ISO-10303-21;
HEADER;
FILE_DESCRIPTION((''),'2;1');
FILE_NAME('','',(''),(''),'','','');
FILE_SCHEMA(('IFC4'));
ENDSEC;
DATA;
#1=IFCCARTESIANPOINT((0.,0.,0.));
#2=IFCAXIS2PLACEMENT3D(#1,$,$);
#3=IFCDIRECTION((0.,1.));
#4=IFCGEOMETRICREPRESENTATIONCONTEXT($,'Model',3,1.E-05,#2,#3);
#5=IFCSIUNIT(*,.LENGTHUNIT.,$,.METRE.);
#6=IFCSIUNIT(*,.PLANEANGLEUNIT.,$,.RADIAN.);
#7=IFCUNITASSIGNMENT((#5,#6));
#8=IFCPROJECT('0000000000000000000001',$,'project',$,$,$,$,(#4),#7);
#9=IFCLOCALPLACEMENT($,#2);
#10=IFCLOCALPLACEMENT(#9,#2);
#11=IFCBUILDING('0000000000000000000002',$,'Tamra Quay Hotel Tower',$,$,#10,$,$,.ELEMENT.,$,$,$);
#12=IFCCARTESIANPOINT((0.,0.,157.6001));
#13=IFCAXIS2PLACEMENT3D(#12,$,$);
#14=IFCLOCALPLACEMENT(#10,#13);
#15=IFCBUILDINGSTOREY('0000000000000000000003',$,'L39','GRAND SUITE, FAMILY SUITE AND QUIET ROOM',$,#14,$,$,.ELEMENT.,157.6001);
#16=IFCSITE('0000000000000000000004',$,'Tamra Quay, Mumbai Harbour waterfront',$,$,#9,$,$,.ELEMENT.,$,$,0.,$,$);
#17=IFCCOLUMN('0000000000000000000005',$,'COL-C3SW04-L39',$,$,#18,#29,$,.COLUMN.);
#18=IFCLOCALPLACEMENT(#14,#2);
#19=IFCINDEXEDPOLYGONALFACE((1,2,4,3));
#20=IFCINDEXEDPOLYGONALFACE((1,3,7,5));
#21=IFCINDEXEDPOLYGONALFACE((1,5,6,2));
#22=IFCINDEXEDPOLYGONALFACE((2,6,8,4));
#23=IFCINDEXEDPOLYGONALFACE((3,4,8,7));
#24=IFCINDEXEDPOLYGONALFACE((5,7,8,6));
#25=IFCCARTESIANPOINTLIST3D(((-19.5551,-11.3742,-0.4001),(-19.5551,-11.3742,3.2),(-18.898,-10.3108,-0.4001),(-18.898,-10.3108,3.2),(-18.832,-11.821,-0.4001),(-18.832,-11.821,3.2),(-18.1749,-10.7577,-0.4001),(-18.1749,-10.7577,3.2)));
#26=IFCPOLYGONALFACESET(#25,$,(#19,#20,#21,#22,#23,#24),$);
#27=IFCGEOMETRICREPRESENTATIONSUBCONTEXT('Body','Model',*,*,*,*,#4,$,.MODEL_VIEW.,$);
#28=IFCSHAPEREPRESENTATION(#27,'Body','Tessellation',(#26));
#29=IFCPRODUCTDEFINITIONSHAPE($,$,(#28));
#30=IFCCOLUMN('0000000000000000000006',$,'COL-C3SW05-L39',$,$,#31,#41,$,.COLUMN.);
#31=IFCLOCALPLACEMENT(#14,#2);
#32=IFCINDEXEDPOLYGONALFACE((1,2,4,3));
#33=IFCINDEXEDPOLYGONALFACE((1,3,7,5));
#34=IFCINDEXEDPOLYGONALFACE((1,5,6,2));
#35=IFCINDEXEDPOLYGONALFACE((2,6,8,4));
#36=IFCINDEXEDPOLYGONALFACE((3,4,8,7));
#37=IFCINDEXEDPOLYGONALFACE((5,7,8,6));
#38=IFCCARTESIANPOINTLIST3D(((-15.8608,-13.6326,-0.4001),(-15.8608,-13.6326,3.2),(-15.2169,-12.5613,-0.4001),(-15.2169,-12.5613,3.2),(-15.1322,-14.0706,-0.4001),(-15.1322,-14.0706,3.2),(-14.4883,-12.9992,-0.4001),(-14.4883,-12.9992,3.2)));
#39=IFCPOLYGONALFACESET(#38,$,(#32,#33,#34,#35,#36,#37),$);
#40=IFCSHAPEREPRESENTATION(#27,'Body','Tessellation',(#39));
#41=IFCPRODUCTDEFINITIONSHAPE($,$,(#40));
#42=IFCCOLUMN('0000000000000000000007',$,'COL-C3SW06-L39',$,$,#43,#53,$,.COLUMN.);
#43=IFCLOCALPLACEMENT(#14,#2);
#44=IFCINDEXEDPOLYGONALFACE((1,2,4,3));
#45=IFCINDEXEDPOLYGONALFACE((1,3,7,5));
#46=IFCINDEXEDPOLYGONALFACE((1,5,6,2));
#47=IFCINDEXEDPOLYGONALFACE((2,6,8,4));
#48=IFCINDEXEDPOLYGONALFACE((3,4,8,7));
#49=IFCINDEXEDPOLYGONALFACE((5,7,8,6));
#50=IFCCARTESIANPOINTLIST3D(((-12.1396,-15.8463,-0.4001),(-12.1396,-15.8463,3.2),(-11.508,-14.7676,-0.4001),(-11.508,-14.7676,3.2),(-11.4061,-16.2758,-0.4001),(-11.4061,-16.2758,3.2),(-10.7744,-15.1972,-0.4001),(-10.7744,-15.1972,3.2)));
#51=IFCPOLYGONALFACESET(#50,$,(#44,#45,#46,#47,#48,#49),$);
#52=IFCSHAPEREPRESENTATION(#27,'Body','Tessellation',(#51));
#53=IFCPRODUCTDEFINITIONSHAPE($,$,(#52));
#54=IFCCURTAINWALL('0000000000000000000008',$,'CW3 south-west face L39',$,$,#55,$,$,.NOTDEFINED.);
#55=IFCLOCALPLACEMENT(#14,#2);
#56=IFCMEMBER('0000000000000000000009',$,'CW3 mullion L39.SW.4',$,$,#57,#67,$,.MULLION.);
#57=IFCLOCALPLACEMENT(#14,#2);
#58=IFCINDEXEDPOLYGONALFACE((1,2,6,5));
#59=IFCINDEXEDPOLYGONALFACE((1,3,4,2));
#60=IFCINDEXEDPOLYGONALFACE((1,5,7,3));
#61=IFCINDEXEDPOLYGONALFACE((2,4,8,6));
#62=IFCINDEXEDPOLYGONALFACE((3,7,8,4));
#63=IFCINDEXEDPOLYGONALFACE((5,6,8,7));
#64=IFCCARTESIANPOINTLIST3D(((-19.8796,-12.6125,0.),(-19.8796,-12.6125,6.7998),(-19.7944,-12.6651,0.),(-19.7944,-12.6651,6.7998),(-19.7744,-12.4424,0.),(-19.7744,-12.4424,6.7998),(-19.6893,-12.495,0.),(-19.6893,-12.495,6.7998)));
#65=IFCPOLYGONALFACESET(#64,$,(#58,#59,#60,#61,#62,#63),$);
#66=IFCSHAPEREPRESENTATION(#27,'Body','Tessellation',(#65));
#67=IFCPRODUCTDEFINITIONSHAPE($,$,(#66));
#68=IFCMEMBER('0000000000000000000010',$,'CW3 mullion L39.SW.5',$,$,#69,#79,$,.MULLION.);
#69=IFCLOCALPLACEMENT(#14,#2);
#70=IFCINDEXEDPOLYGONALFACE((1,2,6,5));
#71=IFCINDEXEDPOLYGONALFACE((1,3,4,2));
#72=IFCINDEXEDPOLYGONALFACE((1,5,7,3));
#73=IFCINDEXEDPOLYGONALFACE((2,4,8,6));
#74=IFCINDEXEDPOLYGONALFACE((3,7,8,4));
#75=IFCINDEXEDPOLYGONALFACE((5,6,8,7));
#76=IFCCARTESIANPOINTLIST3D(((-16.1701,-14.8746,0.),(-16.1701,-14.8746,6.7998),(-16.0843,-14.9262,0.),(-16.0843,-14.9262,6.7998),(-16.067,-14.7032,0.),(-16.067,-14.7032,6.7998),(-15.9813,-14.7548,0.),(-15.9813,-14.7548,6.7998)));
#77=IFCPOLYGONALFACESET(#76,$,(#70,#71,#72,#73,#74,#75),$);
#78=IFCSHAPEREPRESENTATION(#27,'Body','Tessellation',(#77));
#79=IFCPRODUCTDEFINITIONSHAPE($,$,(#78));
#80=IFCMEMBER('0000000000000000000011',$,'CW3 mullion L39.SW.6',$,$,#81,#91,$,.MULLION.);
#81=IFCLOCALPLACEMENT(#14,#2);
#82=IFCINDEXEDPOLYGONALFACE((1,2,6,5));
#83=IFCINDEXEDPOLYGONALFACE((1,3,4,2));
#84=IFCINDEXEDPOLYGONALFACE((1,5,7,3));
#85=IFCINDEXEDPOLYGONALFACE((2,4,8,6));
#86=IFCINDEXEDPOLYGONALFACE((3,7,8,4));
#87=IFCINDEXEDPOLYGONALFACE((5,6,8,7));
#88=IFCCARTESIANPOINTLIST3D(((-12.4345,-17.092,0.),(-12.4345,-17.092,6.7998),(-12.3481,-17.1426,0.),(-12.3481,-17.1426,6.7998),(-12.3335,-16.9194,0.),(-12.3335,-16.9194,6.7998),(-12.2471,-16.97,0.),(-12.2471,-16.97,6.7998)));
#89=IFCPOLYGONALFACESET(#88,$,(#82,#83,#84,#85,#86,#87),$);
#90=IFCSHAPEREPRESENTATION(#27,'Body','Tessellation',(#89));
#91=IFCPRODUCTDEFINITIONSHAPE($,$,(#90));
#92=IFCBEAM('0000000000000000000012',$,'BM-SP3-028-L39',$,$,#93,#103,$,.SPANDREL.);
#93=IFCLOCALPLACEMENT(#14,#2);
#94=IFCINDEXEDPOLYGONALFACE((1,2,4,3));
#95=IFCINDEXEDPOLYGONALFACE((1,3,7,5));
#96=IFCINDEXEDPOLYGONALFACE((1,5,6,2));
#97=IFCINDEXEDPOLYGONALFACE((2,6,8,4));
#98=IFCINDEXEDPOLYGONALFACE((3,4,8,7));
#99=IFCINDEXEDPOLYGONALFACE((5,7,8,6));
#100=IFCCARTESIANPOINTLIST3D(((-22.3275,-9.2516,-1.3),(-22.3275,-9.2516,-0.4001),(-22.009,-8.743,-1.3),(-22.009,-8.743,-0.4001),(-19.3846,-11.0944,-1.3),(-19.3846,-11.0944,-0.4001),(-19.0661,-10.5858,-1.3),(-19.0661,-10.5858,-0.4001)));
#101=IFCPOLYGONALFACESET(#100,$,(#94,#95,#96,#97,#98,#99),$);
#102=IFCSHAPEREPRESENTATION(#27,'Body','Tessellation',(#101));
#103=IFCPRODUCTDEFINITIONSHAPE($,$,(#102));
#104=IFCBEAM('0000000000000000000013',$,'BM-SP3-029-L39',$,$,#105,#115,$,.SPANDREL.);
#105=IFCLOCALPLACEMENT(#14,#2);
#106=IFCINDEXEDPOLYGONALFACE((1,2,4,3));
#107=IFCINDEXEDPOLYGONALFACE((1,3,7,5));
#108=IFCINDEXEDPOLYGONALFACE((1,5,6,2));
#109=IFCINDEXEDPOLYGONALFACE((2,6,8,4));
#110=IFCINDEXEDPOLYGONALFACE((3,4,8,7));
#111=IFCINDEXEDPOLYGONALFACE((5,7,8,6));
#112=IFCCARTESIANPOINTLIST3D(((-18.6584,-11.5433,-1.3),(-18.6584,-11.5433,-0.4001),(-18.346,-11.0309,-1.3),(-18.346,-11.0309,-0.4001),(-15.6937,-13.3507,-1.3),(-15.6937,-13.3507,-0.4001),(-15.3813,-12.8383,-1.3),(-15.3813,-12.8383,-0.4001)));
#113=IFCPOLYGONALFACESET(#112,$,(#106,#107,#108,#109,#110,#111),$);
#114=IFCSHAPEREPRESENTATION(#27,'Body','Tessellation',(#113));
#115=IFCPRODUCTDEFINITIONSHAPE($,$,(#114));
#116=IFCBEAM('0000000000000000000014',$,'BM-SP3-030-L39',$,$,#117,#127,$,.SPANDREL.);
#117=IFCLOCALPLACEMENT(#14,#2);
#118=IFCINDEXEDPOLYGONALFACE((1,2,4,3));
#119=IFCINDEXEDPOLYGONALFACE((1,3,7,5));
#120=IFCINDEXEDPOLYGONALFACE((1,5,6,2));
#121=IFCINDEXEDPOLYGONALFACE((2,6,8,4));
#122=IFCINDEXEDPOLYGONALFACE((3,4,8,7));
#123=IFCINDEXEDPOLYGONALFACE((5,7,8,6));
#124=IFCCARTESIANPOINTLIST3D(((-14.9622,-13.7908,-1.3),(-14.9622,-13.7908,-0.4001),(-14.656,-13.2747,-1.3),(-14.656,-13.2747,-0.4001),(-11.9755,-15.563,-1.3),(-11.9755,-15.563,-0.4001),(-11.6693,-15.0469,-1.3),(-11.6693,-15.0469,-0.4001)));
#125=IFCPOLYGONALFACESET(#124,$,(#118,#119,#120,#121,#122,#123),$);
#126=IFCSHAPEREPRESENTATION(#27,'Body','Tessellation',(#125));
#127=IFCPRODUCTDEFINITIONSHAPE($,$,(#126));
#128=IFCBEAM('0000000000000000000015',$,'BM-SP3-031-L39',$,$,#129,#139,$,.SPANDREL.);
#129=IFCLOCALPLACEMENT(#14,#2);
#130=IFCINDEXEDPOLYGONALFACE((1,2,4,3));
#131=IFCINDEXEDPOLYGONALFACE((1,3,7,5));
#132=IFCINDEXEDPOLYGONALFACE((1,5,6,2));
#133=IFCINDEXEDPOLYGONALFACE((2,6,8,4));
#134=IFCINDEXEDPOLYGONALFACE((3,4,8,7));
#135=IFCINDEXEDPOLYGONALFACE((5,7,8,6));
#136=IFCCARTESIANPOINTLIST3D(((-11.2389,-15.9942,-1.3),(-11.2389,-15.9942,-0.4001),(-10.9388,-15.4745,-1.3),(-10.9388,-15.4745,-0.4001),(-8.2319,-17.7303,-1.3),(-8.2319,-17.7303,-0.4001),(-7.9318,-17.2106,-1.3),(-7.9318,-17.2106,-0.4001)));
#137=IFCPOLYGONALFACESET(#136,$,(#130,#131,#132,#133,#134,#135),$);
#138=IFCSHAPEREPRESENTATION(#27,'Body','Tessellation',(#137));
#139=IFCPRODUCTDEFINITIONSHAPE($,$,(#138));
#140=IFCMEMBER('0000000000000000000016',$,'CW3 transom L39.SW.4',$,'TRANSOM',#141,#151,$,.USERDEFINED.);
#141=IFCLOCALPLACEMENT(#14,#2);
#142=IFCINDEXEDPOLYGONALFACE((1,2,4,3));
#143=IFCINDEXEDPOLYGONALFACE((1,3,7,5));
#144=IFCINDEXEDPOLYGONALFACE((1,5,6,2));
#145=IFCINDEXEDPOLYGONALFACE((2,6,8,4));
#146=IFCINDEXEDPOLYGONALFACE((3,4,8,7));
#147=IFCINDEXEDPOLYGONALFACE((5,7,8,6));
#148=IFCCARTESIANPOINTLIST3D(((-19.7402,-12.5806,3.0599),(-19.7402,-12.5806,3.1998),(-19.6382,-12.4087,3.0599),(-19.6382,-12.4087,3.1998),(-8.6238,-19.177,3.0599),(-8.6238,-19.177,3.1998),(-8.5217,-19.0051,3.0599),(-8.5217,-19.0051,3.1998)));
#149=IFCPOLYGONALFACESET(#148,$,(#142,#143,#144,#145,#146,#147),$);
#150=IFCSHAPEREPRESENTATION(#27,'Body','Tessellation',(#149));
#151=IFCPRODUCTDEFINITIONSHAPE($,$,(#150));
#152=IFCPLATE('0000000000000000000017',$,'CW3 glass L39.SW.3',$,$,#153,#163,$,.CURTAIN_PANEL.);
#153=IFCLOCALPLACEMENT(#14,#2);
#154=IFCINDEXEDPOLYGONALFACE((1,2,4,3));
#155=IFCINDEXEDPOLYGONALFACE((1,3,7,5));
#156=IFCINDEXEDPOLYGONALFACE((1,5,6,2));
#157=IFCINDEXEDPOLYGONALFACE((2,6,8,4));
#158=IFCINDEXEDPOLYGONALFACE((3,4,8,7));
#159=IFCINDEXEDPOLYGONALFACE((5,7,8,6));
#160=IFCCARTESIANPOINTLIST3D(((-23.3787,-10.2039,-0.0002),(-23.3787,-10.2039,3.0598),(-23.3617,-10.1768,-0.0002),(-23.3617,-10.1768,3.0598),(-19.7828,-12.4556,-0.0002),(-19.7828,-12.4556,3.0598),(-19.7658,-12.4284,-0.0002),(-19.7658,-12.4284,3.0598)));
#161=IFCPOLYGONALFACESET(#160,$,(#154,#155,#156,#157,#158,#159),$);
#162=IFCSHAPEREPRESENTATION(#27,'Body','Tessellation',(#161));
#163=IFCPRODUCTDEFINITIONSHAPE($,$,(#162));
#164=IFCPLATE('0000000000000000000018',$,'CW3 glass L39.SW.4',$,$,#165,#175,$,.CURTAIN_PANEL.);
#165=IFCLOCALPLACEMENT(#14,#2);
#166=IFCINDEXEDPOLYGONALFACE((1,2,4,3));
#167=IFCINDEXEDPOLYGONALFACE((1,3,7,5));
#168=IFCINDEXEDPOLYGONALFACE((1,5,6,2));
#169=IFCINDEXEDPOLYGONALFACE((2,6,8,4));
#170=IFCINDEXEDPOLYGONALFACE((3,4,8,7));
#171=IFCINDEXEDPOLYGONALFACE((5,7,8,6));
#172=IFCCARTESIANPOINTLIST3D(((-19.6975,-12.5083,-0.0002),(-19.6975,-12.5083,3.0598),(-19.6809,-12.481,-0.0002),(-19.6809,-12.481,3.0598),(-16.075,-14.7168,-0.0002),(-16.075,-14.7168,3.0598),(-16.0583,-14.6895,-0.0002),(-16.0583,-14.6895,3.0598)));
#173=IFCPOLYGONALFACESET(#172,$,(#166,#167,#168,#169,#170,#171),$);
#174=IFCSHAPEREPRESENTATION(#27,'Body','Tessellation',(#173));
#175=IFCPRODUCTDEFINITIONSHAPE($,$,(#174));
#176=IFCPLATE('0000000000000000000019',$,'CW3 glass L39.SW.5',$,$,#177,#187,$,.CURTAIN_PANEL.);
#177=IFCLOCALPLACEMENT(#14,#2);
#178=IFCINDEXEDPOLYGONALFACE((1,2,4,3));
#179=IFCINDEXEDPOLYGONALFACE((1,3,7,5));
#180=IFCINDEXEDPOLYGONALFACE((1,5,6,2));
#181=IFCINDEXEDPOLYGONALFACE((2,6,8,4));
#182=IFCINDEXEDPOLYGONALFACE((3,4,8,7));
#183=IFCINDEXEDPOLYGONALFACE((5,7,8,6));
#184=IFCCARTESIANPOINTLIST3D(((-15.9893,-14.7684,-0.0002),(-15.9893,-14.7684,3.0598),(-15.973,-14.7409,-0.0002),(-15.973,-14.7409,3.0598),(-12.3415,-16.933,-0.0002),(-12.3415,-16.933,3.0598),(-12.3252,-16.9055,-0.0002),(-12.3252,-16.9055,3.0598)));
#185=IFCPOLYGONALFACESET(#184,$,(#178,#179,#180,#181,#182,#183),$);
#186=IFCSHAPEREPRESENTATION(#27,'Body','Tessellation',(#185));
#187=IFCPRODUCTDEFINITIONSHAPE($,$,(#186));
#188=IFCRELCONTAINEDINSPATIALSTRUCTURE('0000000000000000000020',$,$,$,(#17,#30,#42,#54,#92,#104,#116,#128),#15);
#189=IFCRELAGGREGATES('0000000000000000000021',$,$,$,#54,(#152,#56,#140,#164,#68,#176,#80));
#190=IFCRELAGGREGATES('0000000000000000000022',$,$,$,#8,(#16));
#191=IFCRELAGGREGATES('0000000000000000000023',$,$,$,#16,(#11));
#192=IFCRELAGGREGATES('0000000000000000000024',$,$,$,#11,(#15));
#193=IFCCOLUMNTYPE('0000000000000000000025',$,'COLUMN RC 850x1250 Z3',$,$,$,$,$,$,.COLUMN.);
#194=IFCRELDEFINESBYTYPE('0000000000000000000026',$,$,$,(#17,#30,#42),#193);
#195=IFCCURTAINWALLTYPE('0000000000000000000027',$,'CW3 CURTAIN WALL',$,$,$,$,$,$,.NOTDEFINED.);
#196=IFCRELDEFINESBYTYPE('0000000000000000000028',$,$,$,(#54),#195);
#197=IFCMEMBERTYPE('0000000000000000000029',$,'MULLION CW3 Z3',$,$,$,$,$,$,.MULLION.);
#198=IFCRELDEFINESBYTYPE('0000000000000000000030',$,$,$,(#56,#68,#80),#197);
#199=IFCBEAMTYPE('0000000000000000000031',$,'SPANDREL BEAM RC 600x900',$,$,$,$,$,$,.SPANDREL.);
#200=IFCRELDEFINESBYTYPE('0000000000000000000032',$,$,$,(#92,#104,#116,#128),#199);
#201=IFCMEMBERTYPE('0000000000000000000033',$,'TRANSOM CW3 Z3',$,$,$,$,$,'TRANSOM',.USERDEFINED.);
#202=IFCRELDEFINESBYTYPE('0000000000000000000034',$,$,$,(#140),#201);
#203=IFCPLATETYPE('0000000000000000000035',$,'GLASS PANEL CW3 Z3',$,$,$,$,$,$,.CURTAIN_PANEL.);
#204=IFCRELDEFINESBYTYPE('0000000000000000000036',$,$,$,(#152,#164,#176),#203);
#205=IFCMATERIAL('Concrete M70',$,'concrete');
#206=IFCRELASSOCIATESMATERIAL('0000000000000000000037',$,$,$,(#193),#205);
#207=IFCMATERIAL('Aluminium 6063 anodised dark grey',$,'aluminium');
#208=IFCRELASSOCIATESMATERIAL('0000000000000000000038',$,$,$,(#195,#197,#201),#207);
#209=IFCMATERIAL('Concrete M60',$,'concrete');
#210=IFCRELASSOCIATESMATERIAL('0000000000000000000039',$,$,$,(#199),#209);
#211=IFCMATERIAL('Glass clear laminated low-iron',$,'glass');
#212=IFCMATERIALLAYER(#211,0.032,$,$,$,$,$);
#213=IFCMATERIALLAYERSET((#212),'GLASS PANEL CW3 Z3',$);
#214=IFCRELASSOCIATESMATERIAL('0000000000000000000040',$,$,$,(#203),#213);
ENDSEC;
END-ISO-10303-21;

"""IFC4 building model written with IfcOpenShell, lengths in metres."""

from ifc_helpers import new_model, si_unit, direction, frame, origin, origin_2d, place, context, subcontext, project, spatial, rectangle, extrude, material, layer, layer_set, material_profile, profile_set, type_object, element, aggregate, save


model = new_model("IFC4")

# Units and contexts
model_context = context("Model", 3, precision=1e-05, world=origin(), true_north=direction((0.0, 1.0)))
body_context = subcontext(model_context, "Body", "Model", "MODEL_VIEW")
ifc_project = project(units=[si_unit("LENGTHUNIT", "METRE"), si_unit("PLANEANGLEUNIT", "RADIAN")], contexts=[model_context])

# Site, building, storey
site_placement = place(None, origin())
site = spatial("IfcSite", under=ifc_project, at=site_placement, Name="Tamra Quay, Mumbai Harbour waterfront", CompositionType="ELEMENT", RefElevation=0.0)
building_placement = place(site_placement, origin())
building = spatial("IfcBuilding", under=site, at=building_placement, Name="Tamra Quay Hotel Tower", CompositionType="ELEMENT")
storey_placement = place(building_placement, frame((0.0, 0.0, 157.6001)))
storey = spatial("IfcBuildingStorey", under=building, at=storey_placement, Name="L39", Description="GRAND SUITE, FAMILY SUITE AND QUIET ROOM", CompositionType="ELEMENT", Elevation=157.6001)

# Columns
ifc_material_1 = material(Name="Concrete M70", Category="concrete")
ifc_material_profile_1 = material_profile(ifc_material_1, rectangle(XDim=1.25, YDim=0.8501, at=origin_2d()), Name="COLUMN RC 850x1250 Z3")
ifc_profile_set_1 = profile_set([ifc_material_profile_1], Name="Concrete M70")
column_type = type_object("IfcColumnType", Name="COLUMN RC 850x1250 Z3", PredefinedType="COLUMN", material=ifc_profile_set_1)
for number, where, z_axis, x_axis, name in (
    (1, (-18.865, -11.0659, -0.4001), (0.0, 0.0, 1.0), (0.525677, 0.850685, 0.0), "COL-C3SW04-L39"),
    (2, (-15.1746, -13.3159, -0.4001), (0.0, 0.0, 1.0), (0.515162, 0.857093, 0.0), "COL-C3SW05-L39"),
    (3, (-11.457, -15.5217, -0.4001), (0.0, 0.0, 1.0), (0.505325, 0.862929, 0.0), "COL-C3SW06-L39"),
):
    element("IfcColumn", number, at=place(storey_placement, frame(where, z_axis=z_axis, x_axis=x_axis)), inside=storey, type_object=column_type, Name=name, PredefinedType="COLUMN", context=body_context, shape_type="SweptSolid", body=[
        extrude(rectangle(XDim=1.25, YDim=0.8501, at=origin_2d()), origin(), (0.0, 0.0, 1.0), 3.6001),
    ])

# Curtain wall, members
ifc_material_2 = material(Name="Aluminium 6063 anodised dark grey", Category="aluminium")
curtain_wall_type = type_object("IfcCurtainWallType", Name="CW3 CURTAIN WALL", PredefinedType="NOTDEFINED", material=ifc_material_2)
curtain_wall_placement = place(storey_placement, origin())
curtain_wall = element("IfcCurtainWall", 4, at=curtain_wall_placement, inside=storey, type_object=curtain_wall_type, Name="CW3 south-west face L39", PredefinedType="NOTDEFINED")
ifc_material_profile_2 = material_profile(ifc_material_2, rectangle(XDim=0.2, YDim=0.1001, at=origin_2d()), Name="MULLION 100X200")
ifc_profile_set_2 = profile_set([ifc_material_profile_2], Name="Aluminium 6063 anodised dark grey")
member_type_1 = type_object("IfcMemberType", Name="MULLION CW3 Z3", PredefinedType="MULLION", material=ifc_profile_set_2)
member_1_placement = place(storey_placement, frame((-19.7844, -12.5537, 0.0), z_axis=(0.0, 0.0, 1.0), x_axis=(-0.525646, -0.850703, 0.0)))
member_1 = element("IfcMember", 5, at=member_1_placement, type_object=member_type_1, Name="CW3 mullion L39.SW.4", PredefinedType="MULLION", context=body_context, shape_type="SweptSolid", body=[
    extrude(rectangle(XDim=0.2, YDim=0.1001, at=origin_2d()), origin(), (0.0, 0.0, 1.0), 6.7998),
])
member_2_placement = place(storey_placement, frame((-16.0757, -14.8147, 0.0), z_axis=(0.0, 0.0, 1.0), x_axis=(-0.515445, -0.856923, 0.0)))
member_2 = element("IfcMember", 6, at=member_2_placement, type_object=member_type_1, Name="CW3 mullion L39.SW.5", PredefinedType="MULLION", context=body_context, shape_type="SweptSolid", body=[
    extrude(rectangle(XDim=0.2, YDim=0.1001, at=origin_2d()), origin(), (0.0, 0.0, 1.0), 6.7998),
])
member_3_placement = place(storey_placement, frame((-12.3408, -17.031, 0.0), z_axis=(0.0, 0.0, 1.0), x_axis=(-0.505169, -0.863021, 0.0)))
member_3 = element("IfcMember", 7, at=member_3_placement, type_object=member_type_1, Name="CW3 mullion L39.SW.6", PredefinedType="MULLION", context=body_context, shape_type="SweptSolid", body=[
    extrude(rectangle(XDim=0.2, YDim=0.1001, at=origin_2d()), origin(), (0.0, 0.0, 1.0), 6.7998),
])

# Beams
ifc_material_3 = material(Name="Concrete M60", Category="concrete")
ifc_material_profile_3 = material_profile(ifc_material_3, rectangle(XDim=0.6001, YDim=0.8999, at=origin_2d()), Name="SPANDREL BEAM RC 600x900")
ifc_profile_set_3 = profile_set([ifc_material_profile_3], Name="Concrete M60")
beam_type = type_object("IfcBeamType", Name="SPANDREL BEAM RC 600x900", PredefinedType="SPANDREL", material=ifc_profile_set_3)
for number, where, z_axis, x_axis, name in (
    (8, (-22.1682, -8.9973, -0.8501), (0.847548, -0.530719, 0.0), (0.530719, 0.847548, 0.0), "BM-SP3-028-L39"),
    (9, (-18.5022, -11.2871, -0.8501), (0.853836, -0.520542, 0.0), (0.520542, 0.853836, 0.0), "BM-SP3-029-L39"),
):
    element("IfcBeam", number, at=place(storey_placement, frame(where, z_axis=z_axis, x_axis=x_axis)), inside=storey, type_object=beam_type, Name=name, PredefinedType="SPANDREL", context=body_context, shape_type="SweptSolid", body=[
        extrude(rectangle(XDim=0.6001, YDim=0.8999, at=origin_2d()), origin(), (0.0, 0.0, 1.0), 3.4722),
    ])
beam_1_placement = place(storey_placement, frame((-14.8091, -13.5327, -0.8501), z_axis=(0.859989, -0.510313, 0.0), x_axis=(0.510313, 0.859989, 0.0)))
element("IfcBeam", 10, at=beam_1_placement, inside=storey, type_object=beam_type, Name="BM-SP3-030-L39", PredefinedType="SPANDREL", context=body_context, shape_type="SweptSolid", body=[
    extrude(rectangle(XDim=0.6001, YDim=0.8999, at=origin_2d()), origin(), (0.0, 0.0, 1.0), 3.4729),
])
beam_2_placement = place(storey_placement, frame((-11.0889, -15.7344, -0.8501), z_axis=(0.866032, -0.499988, 0.0), x_axis=(0.499988, 0.866032, 0.0)))
element("IfcBeam", 11, at=beam_2_placement, inside=storey, type_object=beam_type, Name="BM-SP3-031-L39", PredefinedType="SPANDREL", context=body_context, shape_type="SweptSolid", body=[
    extrude(rectangle(XDim=0.6001, YDim=0.8999, at=origin_2d()), origin(), (0.0, 0.0, 1.0), 3.4722),
])

# Member
ifc_material_profile_4 = material_profile(ifc_material_2, rectangle(XDim=0.2, YDim=0.1399, at=origin_2d()), Name="TRANSOM 200X140")
ifc_profile_set_4 = profile_set([ifc_material_profile_4], Name="Aluminium 6063 anodised dark grey")
member_type_2 = type_object("IfcMemberType", Name="TRANSOM CW3 Z3", ElementType="TRANSOM", PredefinedType="USERDEFINED", material=ifc_profile_set_4)
member_4_placement = place(storey_placement, frame((-19.6892, -12.4946, 3.1299), z_axis=(0.859989, -0.510312, 0.0), x_axis=(0.510312, 0.859989, 0.0)))
member_4 = element("IfcMember", 12, at=member_4_placement, type_object=member_type_2, Name="CW3 transom L39.SW.4", ObjectType="TRANSOM", PredefinedType="USERDEFINED", context=body_context, shape_type="SweptSolid", body=[
    extrude(rectangle(XDim=0.2, YDim=0.1399, at=origin_2d()), origin(), (0.0, 0.0, 1.0), 12.9263),
])

# Plates
ifc_material_4 = material(Name="Glass clear laminated low-iron", Category="glass")
ifc_layer_1 = layer(ifc_material_4, 0.032)
ifc_layer_set_1 = layer_set([ifc_layer_1], Name="GLASS PANEL CW3 Z3")
plate_type = type_object("IfcPlateType", Name="GLASS PANEL CW3 Z3", PredefinedType="CURTAIN_PANEL", material=ifc_layer_set_1)
plate_1_placement = place(storey_placement, frame((-21.5723, -11.3162, -0.0002), z_axis=(0.0, 0.0, 1.0), x_axis=(0.847546, -0.530721, 0.0)))
plate_1 = element("IfcPlate", 13, at=plate_1_placement, type_object=plate_type, Name="CW3 glass L39.SW.3", PredefinedType="CURTAIN_PANEL", context=body_context, shape_type="SweptSolid", body=[
    extrude(rectangle(XDim=4.2427, YDim=0.032, at=origin_2d()), origin(), (0.0, 0.0, 1.0), 3.0601),
])
plate_2_placement = place(storey_placement, frame((-17.8779, -13.5989, -0.0002), z_axis=(0.0, 0.0, 1.0), x_axis=(0.85383, -0.520552, 0.0)))
plate_2 = element("IfcPlate", 14, at=plate_2_placement, type_object=plate_type, Name="CW3 glass L39.SW.4", PredefinedType="CURTAIN_PANEL", context=body_context, shape_type="SweptSolid", body=[
    extrude(rectangle(XDim=4.2427, YDim=0.032, at=origin_2d()), origin(), (0.0, 0.0, 1.0), 3.0601),
])
plate_3_placement = place(storey_placement, frame((-14.1572, -15.8369, -0.0002), z_axis=(0.0, 0.0, 1.0), x_axis=(0.859985, -0.510319, 0.0)))
plate_3 = element("IfcPlate", 15, at=plate_3_placement, type_object=plate_type, Name="CW3 glass L39.SW.5", PredefinedType="CURTAIN_PANEL", context=body_context, shape_type="SweptSolid", body=[
    extrude(rectangle(XDim=4.2417, YDim=0.032, at=origin_2d()), origin(), (0.0, 0.0, 1.0), 3.0601),
])
aggregate(curtain_wall, [plate_1, member_1, member_4, plate_2, member_2, plate_3, member_3])

save(model, "model.ifc")
